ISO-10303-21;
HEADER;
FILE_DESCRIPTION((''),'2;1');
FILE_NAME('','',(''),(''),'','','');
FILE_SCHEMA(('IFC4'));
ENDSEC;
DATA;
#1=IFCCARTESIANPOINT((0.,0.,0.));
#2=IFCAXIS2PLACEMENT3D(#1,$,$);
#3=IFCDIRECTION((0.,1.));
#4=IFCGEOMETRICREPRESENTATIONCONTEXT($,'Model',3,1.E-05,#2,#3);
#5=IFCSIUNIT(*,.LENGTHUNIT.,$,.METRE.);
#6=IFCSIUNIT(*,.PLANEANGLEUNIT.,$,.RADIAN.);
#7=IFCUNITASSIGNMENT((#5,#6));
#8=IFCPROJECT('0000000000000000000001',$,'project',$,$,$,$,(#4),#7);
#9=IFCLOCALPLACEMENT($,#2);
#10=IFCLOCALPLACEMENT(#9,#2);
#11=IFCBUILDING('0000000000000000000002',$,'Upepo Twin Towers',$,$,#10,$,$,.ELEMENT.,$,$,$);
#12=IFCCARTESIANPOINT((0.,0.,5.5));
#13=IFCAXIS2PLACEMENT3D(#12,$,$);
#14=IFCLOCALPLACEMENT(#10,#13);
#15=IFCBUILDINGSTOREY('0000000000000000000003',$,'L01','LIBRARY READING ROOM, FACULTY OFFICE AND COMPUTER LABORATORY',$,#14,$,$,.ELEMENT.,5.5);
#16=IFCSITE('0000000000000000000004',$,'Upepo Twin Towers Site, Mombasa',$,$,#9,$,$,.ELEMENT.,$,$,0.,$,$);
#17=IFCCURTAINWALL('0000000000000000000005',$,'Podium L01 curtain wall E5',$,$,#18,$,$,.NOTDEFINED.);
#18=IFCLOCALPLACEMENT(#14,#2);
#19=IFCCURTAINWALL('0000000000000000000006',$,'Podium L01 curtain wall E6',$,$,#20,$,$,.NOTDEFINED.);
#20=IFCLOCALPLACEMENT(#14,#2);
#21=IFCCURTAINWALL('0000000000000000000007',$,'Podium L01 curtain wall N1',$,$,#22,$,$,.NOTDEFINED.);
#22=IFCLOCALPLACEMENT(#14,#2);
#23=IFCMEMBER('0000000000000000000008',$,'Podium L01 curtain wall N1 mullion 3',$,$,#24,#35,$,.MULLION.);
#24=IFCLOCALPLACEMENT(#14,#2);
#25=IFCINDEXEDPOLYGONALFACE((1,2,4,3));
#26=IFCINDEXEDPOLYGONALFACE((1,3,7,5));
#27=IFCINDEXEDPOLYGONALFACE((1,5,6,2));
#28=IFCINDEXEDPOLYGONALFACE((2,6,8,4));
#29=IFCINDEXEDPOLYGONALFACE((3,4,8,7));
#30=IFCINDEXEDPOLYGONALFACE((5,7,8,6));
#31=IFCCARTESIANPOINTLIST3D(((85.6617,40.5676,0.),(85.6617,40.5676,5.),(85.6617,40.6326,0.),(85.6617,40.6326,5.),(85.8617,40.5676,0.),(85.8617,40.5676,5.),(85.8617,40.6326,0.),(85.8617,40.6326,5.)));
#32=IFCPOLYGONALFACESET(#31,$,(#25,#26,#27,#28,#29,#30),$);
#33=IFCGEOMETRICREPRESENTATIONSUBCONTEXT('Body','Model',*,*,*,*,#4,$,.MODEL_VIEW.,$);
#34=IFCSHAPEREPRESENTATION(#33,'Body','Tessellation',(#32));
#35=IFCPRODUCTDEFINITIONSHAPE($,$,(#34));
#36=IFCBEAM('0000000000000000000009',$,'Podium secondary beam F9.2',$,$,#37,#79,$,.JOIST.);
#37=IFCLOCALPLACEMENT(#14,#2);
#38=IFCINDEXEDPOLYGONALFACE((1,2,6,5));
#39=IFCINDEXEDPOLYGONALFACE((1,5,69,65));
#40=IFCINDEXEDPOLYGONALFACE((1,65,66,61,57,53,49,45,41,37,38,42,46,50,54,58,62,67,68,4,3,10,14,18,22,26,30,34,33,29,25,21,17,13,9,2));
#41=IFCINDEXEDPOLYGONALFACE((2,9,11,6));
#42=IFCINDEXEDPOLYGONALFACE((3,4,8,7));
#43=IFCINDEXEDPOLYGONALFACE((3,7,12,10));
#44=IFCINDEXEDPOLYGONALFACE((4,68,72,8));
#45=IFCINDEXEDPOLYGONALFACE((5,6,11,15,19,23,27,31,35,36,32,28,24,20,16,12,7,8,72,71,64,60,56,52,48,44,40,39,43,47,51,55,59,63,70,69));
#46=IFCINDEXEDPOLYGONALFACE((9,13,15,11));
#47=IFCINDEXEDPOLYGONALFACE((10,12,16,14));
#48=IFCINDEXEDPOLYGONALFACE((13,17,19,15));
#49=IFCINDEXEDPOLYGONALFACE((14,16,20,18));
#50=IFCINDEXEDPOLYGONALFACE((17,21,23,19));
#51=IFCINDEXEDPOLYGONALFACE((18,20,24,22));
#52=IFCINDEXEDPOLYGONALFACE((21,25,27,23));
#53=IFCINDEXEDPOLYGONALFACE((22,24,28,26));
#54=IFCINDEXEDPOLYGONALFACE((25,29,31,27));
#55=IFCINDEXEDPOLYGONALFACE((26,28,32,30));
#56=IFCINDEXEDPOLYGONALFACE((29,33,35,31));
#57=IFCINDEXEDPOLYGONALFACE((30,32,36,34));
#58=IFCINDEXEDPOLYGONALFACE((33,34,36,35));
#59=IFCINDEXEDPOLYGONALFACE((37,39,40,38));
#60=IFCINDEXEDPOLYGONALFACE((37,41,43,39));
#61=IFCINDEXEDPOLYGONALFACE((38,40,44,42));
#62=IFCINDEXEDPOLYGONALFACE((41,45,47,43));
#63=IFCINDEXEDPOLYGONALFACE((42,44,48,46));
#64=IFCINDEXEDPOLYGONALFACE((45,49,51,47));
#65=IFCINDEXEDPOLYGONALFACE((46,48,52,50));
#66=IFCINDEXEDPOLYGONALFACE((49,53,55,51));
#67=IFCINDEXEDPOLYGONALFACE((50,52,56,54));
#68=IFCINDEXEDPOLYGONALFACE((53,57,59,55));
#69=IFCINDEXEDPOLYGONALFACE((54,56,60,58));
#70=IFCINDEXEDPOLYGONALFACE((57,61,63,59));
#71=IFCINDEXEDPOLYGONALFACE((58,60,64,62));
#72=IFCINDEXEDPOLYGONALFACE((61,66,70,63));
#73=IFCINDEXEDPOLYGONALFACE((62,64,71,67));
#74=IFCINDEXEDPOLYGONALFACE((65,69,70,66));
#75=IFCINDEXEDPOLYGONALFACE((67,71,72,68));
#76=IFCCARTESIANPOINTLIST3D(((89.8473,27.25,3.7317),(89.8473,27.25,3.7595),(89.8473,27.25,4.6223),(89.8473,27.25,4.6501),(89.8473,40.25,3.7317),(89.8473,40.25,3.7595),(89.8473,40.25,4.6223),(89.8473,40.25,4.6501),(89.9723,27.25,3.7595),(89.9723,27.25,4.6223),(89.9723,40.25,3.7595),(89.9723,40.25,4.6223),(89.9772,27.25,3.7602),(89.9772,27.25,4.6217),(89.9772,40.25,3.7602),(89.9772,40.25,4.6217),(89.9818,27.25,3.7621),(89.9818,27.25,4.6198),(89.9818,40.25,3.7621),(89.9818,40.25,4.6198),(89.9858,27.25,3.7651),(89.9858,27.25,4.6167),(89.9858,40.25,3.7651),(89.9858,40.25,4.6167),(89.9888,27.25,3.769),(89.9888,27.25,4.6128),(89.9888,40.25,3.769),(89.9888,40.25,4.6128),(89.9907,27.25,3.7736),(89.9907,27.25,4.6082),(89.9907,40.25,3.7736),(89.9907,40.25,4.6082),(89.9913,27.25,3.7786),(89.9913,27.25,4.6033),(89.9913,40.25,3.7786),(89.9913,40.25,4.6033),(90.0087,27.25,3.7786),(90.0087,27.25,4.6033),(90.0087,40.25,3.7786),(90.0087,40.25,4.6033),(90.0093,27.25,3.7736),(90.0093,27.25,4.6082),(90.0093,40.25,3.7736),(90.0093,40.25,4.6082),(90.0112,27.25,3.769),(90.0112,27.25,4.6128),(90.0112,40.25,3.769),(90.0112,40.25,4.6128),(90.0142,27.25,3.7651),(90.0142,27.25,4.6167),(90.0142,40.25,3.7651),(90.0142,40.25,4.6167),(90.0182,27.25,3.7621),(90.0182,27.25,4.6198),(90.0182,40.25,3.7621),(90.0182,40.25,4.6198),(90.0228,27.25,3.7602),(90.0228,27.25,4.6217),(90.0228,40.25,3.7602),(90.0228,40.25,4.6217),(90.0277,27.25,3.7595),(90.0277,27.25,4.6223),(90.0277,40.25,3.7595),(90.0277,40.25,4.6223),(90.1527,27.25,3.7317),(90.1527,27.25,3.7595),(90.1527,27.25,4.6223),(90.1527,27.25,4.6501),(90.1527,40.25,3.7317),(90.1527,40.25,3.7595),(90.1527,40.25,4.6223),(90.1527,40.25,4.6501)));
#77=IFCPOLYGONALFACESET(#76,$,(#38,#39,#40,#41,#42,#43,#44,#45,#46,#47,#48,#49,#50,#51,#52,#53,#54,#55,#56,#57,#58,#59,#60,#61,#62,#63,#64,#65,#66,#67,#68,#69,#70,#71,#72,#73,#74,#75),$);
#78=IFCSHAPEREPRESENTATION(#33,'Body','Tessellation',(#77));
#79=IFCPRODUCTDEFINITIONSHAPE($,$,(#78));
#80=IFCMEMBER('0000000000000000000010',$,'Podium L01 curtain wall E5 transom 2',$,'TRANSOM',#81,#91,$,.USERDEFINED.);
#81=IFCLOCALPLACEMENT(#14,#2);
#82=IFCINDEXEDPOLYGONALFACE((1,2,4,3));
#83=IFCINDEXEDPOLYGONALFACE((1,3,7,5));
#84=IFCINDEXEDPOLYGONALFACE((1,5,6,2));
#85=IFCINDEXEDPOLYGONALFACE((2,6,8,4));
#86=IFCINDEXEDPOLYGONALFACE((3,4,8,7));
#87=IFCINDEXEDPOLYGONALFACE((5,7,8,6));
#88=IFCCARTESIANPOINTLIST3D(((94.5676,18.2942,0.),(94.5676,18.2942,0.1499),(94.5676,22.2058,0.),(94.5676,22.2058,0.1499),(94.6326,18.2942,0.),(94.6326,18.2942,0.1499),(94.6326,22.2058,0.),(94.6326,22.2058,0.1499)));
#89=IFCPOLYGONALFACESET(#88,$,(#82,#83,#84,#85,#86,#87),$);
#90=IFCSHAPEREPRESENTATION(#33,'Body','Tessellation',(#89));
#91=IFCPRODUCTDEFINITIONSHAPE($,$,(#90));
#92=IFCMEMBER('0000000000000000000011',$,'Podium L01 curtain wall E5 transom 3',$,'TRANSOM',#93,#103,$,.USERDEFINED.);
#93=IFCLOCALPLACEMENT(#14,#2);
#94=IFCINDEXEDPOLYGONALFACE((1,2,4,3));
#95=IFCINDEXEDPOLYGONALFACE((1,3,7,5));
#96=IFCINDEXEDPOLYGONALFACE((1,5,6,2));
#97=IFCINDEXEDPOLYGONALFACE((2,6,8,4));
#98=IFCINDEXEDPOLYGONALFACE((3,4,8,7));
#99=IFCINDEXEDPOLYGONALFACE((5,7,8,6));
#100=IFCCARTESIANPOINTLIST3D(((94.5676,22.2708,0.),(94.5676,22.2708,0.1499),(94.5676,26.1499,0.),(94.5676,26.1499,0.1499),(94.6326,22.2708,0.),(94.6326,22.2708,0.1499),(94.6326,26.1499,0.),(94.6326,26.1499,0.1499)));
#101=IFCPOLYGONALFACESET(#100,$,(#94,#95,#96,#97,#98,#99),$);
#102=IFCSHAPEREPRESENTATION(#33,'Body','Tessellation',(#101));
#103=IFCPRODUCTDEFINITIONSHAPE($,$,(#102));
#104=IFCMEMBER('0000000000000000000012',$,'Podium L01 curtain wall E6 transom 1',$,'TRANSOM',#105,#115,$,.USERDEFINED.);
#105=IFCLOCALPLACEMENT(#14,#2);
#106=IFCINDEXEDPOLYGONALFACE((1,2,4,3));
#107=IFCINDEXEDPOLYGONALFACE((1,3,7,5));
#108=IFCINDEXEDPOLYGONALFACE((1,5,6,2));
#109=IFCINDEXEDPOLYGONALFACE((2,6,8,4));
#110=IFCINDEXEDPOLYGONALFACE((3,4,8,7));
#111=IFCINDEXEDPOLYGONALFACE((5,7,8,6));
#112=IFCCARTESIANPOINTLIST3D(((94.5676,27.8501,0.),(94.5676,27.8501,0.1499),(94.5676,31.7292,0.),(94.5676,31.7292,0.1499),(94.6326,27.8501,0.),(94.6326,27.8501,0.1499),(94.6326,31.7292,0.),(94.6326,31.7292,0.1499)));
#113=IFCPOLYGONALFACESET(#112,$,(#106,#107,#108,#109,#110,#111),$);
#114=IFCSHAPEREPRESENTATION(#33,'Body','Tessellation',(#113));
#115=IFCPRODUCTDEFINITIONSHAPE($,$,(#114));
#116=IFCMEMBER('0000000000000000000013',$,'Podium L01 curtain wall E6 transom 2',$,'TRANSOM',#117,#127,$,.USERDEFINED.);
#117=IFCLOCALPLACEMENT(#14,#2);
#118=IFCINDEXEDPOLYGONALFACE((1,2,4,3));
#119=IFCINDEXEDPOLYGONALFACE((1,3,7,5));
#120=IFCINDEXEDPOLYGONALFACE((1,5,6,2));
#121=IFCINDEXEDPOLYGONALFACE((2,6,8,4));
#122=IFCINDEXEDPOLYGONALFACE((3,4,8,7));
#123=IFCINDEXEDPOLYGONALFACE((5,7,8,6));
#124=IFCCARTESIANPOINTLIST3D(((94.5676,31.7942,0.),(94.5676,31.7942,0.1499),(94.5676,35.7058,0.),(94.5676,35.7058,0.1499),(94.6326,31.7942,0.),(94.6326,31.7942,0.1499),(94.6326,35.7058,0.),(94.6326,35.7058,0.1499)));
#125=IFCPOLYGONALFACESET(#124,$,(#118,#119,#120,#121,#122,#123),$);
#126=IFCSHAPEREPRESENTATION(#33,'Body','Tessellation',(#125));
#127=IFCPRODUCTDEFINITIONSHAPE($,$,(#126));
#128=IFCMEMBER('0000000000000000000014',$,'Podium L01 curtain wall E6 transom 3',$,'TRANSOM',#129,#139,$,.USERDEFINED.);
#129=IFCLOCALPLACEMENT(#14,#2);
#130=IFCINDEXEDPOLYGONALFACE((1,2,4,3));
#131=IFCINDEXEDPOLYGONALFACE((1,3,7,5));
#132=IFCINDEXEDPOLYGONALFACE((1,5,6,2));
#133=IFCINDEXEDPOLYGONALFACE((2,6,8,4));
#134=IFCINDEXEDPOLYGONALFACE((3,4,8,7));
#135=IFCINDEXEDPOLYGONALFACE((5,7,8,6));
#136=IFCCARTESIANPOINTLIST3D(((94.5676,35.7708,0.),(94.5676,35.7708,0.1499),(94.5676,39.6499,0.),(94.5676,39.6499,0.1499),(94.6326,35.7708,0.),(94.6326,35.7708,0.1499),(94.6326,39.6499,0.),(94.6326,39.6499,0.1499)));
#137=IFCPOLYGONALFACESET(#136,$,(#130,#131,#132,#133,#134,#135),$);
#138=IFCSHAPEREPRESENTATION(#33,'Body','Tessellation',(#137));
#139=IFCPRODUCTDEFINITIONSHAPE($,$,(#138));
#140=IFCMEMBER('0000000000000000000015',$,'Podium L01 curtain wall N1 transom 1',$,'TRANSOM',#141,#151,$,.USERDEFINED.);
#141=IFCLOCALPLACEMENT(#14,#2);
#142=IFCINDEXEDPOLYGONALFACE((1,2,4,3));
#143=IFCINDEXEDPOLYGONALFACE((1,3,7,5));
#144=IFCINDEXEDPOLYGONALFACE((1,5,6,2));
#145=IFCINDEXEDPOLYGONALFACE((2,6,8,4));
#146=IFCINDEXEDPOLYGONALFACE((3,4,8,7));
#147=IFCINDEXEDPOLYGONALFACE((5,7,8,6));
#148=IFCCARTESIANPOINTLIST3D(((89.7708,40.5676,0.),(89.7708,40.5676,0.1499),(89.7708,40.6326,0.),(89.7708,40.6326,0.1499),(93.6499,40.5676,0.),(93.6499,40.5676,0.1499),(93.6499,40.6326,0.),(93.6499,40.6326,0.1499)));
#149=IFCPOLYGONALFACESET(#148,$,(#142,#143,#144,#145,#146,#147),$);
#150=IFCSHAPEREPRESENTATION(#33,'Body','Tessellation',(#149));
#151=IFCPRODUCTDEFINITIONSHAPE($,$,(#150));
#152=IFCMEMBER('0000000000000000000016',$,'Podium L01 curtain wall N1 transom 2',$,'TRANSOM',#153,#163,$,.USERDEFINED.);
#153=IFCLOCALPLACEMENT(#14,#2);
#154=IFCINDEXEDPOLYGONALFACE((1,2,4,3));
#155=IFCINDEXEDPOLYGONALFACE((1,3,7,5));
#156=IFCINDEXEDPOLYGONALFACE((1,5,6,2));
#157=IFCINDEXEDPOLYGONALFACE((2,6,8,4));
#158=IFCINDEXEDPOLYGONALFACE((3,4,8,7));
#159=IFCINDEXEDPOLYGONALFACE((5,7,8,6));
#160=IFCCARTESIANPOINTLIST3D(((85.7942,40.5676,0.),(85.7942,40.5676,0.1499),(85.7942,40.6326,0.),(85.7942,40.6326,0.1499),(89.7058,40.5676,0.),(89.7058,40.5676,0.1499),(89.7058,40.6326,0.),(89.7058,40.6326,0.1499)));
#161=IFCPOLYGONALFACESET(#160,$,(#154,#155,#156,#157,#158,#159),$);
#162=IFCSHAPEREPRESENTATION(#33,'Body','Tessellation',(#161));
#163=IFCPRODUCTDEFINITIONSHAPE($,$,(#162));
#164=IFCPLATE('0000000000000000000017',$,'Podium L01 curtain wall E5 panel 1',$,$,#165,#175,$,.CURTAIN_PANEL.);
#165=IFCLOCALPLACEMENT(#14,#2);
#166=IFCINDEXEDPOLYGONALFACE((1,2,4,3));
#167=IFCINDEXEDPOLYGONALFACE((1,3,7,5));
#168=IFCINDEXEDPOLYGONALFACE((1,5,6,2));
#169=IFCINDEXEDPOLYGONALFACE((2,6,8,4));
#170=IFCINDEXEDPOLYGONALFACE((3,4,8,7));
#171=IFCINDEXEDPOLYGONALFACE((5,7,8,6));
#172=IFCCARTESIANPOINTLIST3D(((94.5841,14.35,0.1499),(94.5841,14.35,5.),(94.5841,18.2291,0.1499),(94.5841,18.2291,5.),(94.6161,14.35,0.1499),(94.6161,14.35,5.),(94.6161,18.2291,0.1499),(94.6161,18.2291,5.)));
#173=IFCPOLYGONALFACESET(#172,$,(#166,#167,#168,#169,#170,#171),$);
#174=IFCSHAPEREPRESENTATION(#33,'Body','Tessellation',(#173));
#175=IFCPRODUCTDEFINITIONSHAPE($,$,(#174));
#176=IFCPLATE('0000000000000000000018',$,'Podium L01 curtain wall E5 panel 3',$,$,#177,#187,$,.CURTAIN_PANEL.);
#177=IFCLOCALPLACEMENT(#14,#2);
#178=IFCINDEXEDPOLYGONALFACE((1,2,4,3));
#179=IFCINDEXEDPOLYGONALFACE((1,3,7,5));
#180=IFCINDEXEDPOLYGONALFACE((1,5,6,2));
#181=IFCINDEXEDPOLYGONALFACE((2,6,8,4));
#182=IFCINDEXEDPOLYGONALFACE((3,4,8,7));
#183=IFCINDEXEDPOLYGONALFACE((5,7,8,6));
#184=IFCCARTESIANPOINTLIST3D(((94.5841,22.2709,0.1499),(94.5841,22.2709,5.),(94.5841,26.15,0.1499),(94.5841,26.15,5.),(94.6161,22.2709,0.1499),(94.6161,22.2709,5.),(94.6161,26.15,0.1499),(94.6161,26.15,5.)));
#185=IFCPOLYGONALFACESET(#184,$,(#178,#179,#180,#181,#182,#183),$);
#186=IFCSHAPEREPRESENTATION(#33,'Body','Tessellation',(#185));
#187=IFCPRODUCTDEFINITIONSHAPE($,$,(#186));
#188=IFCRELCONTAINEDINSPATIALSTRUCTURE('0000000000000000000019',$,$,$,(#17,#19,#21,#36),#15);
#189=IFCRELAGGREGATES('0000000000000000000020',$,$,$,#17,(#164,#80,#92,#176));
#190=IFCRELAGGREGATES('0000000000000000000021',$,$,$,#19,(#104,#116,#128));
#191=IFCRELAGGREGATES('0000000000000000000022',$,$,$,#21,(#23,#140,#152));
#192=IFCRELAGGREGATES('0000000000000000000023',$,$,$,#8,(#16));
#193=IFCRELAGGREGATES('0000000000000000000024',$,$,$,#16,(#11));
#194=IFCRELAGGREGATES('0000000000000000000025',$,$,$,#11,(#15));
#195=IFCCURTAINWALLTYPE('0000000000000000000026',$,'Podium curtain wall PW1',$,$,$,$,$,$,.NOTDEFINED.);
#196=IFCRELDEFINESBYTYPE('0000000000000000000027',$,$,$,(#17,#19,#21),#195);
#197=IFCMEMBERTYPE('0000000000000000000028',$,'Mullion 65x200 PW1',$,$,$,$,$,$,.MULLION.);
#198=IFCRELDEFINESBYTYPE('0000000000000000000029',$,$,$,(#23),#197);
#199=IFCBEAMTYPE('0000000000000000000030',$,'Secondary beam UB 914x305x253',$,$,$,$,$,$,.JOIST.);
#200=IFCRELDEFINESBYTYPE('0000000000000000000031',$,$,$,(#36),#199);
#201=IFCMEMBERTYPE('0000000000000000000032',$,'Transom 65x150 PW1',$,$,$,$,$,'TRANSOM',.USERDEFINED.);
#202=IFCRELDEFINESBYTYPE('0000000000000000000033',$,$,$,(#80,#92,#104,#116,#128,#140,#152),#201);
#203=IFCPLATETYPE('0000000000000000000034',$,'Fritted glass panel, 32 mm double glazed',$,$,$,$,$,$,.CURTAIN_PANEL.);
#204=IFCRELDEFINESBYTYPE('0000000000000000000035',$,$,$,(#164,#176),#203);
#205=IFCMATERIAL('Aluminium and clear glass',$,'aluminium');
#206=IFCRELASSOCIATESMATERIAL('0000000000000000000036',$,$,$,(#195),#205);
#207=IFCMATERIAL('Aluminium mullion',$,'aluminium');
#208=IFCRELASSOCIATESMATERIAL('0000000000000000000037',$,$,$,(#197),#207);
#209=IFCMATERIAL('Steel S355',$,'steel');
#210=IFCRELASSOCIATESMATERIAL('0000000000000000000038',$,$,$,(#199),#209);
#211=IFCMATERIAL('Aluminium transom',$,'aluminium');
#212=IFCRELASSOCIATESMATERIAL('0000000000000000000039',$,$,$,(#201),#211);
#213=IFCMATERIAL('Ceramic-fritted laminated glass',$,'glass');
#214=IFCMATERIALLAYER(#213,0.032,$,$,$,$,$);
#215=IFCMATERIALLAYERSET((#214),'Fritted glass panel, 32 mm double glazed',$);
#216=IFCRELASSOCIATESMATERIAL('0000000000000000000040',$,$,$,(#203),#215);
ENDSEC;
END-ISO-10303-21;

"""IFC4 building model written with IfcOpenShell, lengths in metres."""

from ifc_helpers import new_model, si_unit, direction, frame, origin, origin_2d, place, context, subcontext, project, spatial, rectangle, i_section, extrude, material, layer, layer_set, material_profile, profile_set, type_object, element, aggregate, save


model = new_model("IFC4")

# Units and contexts
model_context = context("Model", 3, precision=1e-05, world=origin(), true_north=direction((0.0, 1.0)))
body_context = subcontext(model_context, "Body", "Model", "MODEL_VIEW")
ifc_project = project(units=[si_unit("LENGTHUNIT", "METRE"), si_unit("PLANEANGLEUNIT", "RADIAN")], contexts=[model_context])

# Site, building, storey
site_placement = place(None, origin())
site = spatial("IfcSite", under=ifc_project, at=site_placement, Name="Upepo Twin Towers Site, Mombasa", CompositionType="ELEMENT", RefElevation=0.0)
building_placement = place(site_placement, origin())
building = spatial("IfcBuilding", under=site, at=building_placement, Name="Upepo Twin Towers", CompositionType="ELEMENT")
storey_placement = place(building_placement, frame((0.0, 0.0, 5.5)))
storey = spatial("IfcBuildingStorey", under=building, at=storey_placement, Name="L01", Description="LIBRARY READING ROOM, FACULTY OFFICE AND COMPUTER LABORATORY", CompositionType="ELEMENT", Elevation=5.5)

# Curtain walls, member
ifc_material_1 = material(Name="Aluminium and clear glass", Category="aluminium")
curtain_wall_type = type_object("IfcCurtainWallType", Name="Podium curtain wall PW1", PredefinedType="NOTDEFINED", material=ifc_material_1)
curtain_wall_1_placement = place(storey_placement, origin())
curtain_wall_1 = element("IfcCurtainWall", 1, at=curtain_wall_1_placement, inside=storey, type_object=curtain_wall_type, Name="Podium L01 curtain wall E5", PredefinedType="NOTDEFINED")
ifc_material_2 = material(Name="Aluminium mullion", Category="aluminium")
ifc_material_profile_1 = material_profile(ifc_material_2, rectangle(XDim=0.0649, YDim=0.2, at=origin_2d()), Name="MULLION 65x200 PODIUM")
ifc_profile_set_1 = profile_set([ifc_material_profile_1], Name="Aluminium mullion")
member_type_1 = type_object("IfcMemberType", Name="Mullion 65x200 PW1", PredefinedType="MULLION", material=ifc_profile_set_1)
curtain_wall_2_placement = place(storey_placement, origin())
curtain_wall_2 = element("IfcCurtainWall", 2, at=curtain_wall_2_placement, inside=storey, type_object=curtain_wall_type, Name="Podium L01 curtain wall E6", PredefinedType="NOTDEFINED")
curtain_wall_3_placement = place(storey_placement, origin())
curtain_wall_3 = element("IfcCurtainWall", 3, at=curtain_wall_3_placement, inside=storey, type_object=curtain_wall_type, Name="Podium L01 curtain wall N1", PredefinedType="NOTDEFINED")
member_1_placement = place(storey_placement, frame((85.7617, 40.6001, 0.0), z_axis=(0.0, 0.0, 1.0), x_axis=(0.0, -1.0, 0.0)))
member_1 = element("IfcMember", 4, at=member_1_placement, type_object=member_type_1, Name="Podium L01 curtain wall N1 mullion 3", PredefinedType="MULLION", context=body_context, shape_type="SweptSolid", body=[
    extrude(rectangle(XDim=0.0649, YDim=0.2, at=origin_2d()), origin(), (0.0, 0.0, 1.0), 5.0),
])

# Beam
ifc_material_3 = material(Name="Steel S355", Category="steel")
ifc_material_profile_2 = material_profile(ifc_material_3, i_section(OverallWidth=0.3054, OverallDepth=0.9185, WebThickness=0.0173, FlangeThickness=0.0278, FilletRadius=0.019, at=origin_2d()), Name="UB 914x305x253")
ifc_profile_set_2 = profile_set([ifc_material_profile_2], Name="Steel S355")
beam_type_1 = type_object("IfcBeamType", Name="Secondary beam UB 914x305x253", PredefinedType="JOIST", material=ifc_profile_set_2)
beam_1_placement = place(storey_placement, frame((90.0, 27.25, 4.1909), z_axis=(0.0, 1.0, 0.0), x_axis=(-1.0, 0.0, 0.0)))
element("IfcBeam", 5, at=beam_1_placement, inside=storey, type_object=beam_type_1, Name="Podium secondary beam F9.2", PredefinedType="JOIST", context=body_context, shape_type="SweptSolid", body=[
    extrude(i_section(OverallWidth=0.3054, OverallDepth=0.9185, WebThickness=0.0173, FlangeThickness=0.0278, FilletRadius=0.019, at=origin_2d()), origin(), (0.0, 0.0, 1.0), 13.0),
])

# Members
ifc_material_4 = material(Name="Aluminium transom", Category="aluminium")
ifc_material_profile_3 = material_profile(ifc_material_4, rectangle(XDim=0.0649, YDim=0.1499, at=origin_2d()), Name="TRANSOM 65x150 PODIUM")
ifc_profile_set_3 = profile_set([ifc_material_profile_3], Name="Aluminium transom")
member_type_2 = type_object("IfcMemberType", Name="Transom 65x150 PW1", ElementType="TRANSOM", PredefinedType="USERDEFINED", material=ifc_profile_set_3)
member_2_placement = place(storey_placement, frame((94.6001, 18.2942, 0.075), z_axis=(0.0, 1.0, 0.0), x_axis=(-1.0, 0.0, 0.0)))
member_2 = element("IfcMember", 6, at=member_2_placement, type_object=member_type_2, Name="Podium L01 curtain wall E5 transom 2", ObjectType="TRANSOM", PredefinedType="USERDEFINED", context=body_context, shape_type="SweptSolid", body=[
    extrude(rectangle(XDim=0.0649, YDim=0.1499, at=origin_2d()), origin(), (0.0, 0.0, 1.0), 3.9116),
])
member_3_placement = place(storey_placement, frame((94.6001, 22.2708, 0.075), z_axis=(0.0, 1.0, 0.0), x_axis=(-1.0, 0.0, 0.0)))
member_3 = element("IfcMember", 7, at=member_3_placement, type_object=member_type_2, Name="Podium L01 curtain wall E5 transom 3", ObjectType="TRANSOM", PredefinedType="USERDEFINED", context=body_context, shape_type="SweptSolid", body=[
    extrude(rectangle(XDim=0.0649, YDim=0.1499, at=origin_2d()), origin(), (0.0, 0.0, 1.0), 3.8792),
])
member_4_placement = place(storey_placement, frame((94.6001, 27.8501, 0.075), z_axis=(0.0, 1.0, 0.0), x_axis=(-1.0, 0.0, 0.0)))
member_4 = element("IfcMember", 8, at=member_4_placement, type_object=member_type_2, Name="Podium L01 curtain wall E6 transom 1", ObjectType="TRANSOM", PredefinedType="USERDEFINED", context=body_context, shape_type="SweptSolid", body=[
    extrude(rectangle(XDim=0.0649, YDim=0.1499, at=origin_2d()), origin(), (0.0, 0.0, 1.0), 3.8792),
])
member_5_placement = place(storey_placement, frame((94.6001, 31.7942, 0.075), z_axis=(0.0, 1.0, 0.0), x_axis=(-1.0, 0.0, 0.0)))
member_5 = element("IfcMember", 9, at=member_5_placement, type_object=member_type_2, Name="Podium L01 curtain wall E6 transom 2", ObjectType="TRANSOM", PredefinedType="USERDEFINED", context=body_context, shape_type="SweptSolid", body=[
    extrude(rectangle(XDim=0.0649, YDim=0.1499, at=origin_2d()), origin(), (0.0, 0.0, 1.0), 3.9116),
])
member_6_placement = place(storey_placement, frame((94.6001, 35.7708, 0.075), z_axis=(0.0, 1.0, 0.0), x_axis=(-1.0, 0.0, 0.0)))
member_6 = element("IfcMember", 10, at=member_6_placement, type_object=member_type_2, Name="Podium L01 curtain wall E6 transom 3", ObjectType="TRANSOM", PredefinedType="USERDEFINED", context=body_context, shape_type="SweptSolid", body=[
    extrude(rectangle(XDim=0.0649, YDim=0.1499, at=origin_2d()), origin(), (0.0, 0.0, 1.0), 3.8792),
])
member_7_placement = place(storey_placement, frame((93.6499, 40.6001, 0.075), z_axis=(-1.0, 0.0, 0.0), x_axis=(0.0, -1.0, 0.0)))
member_7 = element("IfcMember", 11, at=member_7_placement, type_object=member_type_2, Name="Podium L01 curtain wall N1 transom 1", ObjectType="TRANSOM", PredefinedType="USERDEFINED", context=body_context, shape_type="SweptSolid", body=[
    extrude(rectangle(XDim=0.0649, YDim=0.1499, at=origin_2d()), origin(), (0.0, 0.0, 1.0), 3.8792),
])
member_8_placement = place(storey_placement, frame((89.7058, 40.6001, 0.075), z_axis=(-1.0, 0.0, 0.0), x_axis=(0.0, -1.0, 0.0)))
member_8 = element("IfcMember", 12, at=member_8_placement, type_object=member_type_2, Name="Podium L01 curtain wall N1 transom 2", ObjectType="TRANSOM", PredefinedType="USERDEFINED", context=body_context, shape_type="SweptSolid", body=[
    extrude(rectangle(XDim=0.0649, YDim=0.1499, at=origin_2d()), origin(), (0.0, 0.0, 1.0), 3.9116),
])

# Plates
ifc_material_5 = material(Name="Ceramic-fritted laminated glass", Category="glass")
ifc_layer_1 = layer(ifc_material_5, 0.032)
ifc_layer_set_1 = layer_set([ifc_layer_1], Name="Fritted glass panel, 32 mm double glazed")
plate_type_1 = type_object("IfcPlateType", Name="Fritted glass panel, 32 mm double glazed", PredefinedType="CURTAIN_PANEL", material=ifc_layer_set_1)
plate_1_placement = place(storey_placement, frame((94.6001, 16.2896, 0.1499), z_axis=(0.0, 0.0, 1.0), x_axis=(0.0, 1.0, 0.0)))
plate_1 = element("IfcPlate", 13, at=plate_1_placement, type_object=plate_type_1, Name="Podium L01 curtain wall E5 panel 1", PredefinedType="CURTAIN_PANEL", context=body_context, shape_type="SweptSolid", body=[
    extrude(rectangle(XDim=3.8792, YDim=0.032, at=origin_2d()), origin(), (0.0, 0.0, 1.0), 4.8501),
])
plate_2_placement = place(storey_placement, frame((94.6001, 24.2104, 0.1499), z_axis=(0.0, 0.0, 1.0), x_axis=(0.0, 1.0, 0.0)))
plate_2 = element("IfcPlate", 14, at=plate_2_placement, type_object=plate_type_1, Name="Podium L01 curtain wall E5 panel 3", PredefinedType="CURTAIN_PANEL", context=body_context, shape_type="SweptSolid", body=[
    extrude(rectangle(XDim=3.8792, YDim=0.032, at=origin_2d()), origin(), (0.0, 0.0, 1.0), 4.8501),
])
aggregate(curtain_wall_1, [plate_1, member_2, member_3, plate_2])
aggregate(curtain_wall_2, [member_4, member_5, member_6])
aggregate(curtain_wall_3, [member_1, member_7, member_8])

save(model, "model.ifc")
